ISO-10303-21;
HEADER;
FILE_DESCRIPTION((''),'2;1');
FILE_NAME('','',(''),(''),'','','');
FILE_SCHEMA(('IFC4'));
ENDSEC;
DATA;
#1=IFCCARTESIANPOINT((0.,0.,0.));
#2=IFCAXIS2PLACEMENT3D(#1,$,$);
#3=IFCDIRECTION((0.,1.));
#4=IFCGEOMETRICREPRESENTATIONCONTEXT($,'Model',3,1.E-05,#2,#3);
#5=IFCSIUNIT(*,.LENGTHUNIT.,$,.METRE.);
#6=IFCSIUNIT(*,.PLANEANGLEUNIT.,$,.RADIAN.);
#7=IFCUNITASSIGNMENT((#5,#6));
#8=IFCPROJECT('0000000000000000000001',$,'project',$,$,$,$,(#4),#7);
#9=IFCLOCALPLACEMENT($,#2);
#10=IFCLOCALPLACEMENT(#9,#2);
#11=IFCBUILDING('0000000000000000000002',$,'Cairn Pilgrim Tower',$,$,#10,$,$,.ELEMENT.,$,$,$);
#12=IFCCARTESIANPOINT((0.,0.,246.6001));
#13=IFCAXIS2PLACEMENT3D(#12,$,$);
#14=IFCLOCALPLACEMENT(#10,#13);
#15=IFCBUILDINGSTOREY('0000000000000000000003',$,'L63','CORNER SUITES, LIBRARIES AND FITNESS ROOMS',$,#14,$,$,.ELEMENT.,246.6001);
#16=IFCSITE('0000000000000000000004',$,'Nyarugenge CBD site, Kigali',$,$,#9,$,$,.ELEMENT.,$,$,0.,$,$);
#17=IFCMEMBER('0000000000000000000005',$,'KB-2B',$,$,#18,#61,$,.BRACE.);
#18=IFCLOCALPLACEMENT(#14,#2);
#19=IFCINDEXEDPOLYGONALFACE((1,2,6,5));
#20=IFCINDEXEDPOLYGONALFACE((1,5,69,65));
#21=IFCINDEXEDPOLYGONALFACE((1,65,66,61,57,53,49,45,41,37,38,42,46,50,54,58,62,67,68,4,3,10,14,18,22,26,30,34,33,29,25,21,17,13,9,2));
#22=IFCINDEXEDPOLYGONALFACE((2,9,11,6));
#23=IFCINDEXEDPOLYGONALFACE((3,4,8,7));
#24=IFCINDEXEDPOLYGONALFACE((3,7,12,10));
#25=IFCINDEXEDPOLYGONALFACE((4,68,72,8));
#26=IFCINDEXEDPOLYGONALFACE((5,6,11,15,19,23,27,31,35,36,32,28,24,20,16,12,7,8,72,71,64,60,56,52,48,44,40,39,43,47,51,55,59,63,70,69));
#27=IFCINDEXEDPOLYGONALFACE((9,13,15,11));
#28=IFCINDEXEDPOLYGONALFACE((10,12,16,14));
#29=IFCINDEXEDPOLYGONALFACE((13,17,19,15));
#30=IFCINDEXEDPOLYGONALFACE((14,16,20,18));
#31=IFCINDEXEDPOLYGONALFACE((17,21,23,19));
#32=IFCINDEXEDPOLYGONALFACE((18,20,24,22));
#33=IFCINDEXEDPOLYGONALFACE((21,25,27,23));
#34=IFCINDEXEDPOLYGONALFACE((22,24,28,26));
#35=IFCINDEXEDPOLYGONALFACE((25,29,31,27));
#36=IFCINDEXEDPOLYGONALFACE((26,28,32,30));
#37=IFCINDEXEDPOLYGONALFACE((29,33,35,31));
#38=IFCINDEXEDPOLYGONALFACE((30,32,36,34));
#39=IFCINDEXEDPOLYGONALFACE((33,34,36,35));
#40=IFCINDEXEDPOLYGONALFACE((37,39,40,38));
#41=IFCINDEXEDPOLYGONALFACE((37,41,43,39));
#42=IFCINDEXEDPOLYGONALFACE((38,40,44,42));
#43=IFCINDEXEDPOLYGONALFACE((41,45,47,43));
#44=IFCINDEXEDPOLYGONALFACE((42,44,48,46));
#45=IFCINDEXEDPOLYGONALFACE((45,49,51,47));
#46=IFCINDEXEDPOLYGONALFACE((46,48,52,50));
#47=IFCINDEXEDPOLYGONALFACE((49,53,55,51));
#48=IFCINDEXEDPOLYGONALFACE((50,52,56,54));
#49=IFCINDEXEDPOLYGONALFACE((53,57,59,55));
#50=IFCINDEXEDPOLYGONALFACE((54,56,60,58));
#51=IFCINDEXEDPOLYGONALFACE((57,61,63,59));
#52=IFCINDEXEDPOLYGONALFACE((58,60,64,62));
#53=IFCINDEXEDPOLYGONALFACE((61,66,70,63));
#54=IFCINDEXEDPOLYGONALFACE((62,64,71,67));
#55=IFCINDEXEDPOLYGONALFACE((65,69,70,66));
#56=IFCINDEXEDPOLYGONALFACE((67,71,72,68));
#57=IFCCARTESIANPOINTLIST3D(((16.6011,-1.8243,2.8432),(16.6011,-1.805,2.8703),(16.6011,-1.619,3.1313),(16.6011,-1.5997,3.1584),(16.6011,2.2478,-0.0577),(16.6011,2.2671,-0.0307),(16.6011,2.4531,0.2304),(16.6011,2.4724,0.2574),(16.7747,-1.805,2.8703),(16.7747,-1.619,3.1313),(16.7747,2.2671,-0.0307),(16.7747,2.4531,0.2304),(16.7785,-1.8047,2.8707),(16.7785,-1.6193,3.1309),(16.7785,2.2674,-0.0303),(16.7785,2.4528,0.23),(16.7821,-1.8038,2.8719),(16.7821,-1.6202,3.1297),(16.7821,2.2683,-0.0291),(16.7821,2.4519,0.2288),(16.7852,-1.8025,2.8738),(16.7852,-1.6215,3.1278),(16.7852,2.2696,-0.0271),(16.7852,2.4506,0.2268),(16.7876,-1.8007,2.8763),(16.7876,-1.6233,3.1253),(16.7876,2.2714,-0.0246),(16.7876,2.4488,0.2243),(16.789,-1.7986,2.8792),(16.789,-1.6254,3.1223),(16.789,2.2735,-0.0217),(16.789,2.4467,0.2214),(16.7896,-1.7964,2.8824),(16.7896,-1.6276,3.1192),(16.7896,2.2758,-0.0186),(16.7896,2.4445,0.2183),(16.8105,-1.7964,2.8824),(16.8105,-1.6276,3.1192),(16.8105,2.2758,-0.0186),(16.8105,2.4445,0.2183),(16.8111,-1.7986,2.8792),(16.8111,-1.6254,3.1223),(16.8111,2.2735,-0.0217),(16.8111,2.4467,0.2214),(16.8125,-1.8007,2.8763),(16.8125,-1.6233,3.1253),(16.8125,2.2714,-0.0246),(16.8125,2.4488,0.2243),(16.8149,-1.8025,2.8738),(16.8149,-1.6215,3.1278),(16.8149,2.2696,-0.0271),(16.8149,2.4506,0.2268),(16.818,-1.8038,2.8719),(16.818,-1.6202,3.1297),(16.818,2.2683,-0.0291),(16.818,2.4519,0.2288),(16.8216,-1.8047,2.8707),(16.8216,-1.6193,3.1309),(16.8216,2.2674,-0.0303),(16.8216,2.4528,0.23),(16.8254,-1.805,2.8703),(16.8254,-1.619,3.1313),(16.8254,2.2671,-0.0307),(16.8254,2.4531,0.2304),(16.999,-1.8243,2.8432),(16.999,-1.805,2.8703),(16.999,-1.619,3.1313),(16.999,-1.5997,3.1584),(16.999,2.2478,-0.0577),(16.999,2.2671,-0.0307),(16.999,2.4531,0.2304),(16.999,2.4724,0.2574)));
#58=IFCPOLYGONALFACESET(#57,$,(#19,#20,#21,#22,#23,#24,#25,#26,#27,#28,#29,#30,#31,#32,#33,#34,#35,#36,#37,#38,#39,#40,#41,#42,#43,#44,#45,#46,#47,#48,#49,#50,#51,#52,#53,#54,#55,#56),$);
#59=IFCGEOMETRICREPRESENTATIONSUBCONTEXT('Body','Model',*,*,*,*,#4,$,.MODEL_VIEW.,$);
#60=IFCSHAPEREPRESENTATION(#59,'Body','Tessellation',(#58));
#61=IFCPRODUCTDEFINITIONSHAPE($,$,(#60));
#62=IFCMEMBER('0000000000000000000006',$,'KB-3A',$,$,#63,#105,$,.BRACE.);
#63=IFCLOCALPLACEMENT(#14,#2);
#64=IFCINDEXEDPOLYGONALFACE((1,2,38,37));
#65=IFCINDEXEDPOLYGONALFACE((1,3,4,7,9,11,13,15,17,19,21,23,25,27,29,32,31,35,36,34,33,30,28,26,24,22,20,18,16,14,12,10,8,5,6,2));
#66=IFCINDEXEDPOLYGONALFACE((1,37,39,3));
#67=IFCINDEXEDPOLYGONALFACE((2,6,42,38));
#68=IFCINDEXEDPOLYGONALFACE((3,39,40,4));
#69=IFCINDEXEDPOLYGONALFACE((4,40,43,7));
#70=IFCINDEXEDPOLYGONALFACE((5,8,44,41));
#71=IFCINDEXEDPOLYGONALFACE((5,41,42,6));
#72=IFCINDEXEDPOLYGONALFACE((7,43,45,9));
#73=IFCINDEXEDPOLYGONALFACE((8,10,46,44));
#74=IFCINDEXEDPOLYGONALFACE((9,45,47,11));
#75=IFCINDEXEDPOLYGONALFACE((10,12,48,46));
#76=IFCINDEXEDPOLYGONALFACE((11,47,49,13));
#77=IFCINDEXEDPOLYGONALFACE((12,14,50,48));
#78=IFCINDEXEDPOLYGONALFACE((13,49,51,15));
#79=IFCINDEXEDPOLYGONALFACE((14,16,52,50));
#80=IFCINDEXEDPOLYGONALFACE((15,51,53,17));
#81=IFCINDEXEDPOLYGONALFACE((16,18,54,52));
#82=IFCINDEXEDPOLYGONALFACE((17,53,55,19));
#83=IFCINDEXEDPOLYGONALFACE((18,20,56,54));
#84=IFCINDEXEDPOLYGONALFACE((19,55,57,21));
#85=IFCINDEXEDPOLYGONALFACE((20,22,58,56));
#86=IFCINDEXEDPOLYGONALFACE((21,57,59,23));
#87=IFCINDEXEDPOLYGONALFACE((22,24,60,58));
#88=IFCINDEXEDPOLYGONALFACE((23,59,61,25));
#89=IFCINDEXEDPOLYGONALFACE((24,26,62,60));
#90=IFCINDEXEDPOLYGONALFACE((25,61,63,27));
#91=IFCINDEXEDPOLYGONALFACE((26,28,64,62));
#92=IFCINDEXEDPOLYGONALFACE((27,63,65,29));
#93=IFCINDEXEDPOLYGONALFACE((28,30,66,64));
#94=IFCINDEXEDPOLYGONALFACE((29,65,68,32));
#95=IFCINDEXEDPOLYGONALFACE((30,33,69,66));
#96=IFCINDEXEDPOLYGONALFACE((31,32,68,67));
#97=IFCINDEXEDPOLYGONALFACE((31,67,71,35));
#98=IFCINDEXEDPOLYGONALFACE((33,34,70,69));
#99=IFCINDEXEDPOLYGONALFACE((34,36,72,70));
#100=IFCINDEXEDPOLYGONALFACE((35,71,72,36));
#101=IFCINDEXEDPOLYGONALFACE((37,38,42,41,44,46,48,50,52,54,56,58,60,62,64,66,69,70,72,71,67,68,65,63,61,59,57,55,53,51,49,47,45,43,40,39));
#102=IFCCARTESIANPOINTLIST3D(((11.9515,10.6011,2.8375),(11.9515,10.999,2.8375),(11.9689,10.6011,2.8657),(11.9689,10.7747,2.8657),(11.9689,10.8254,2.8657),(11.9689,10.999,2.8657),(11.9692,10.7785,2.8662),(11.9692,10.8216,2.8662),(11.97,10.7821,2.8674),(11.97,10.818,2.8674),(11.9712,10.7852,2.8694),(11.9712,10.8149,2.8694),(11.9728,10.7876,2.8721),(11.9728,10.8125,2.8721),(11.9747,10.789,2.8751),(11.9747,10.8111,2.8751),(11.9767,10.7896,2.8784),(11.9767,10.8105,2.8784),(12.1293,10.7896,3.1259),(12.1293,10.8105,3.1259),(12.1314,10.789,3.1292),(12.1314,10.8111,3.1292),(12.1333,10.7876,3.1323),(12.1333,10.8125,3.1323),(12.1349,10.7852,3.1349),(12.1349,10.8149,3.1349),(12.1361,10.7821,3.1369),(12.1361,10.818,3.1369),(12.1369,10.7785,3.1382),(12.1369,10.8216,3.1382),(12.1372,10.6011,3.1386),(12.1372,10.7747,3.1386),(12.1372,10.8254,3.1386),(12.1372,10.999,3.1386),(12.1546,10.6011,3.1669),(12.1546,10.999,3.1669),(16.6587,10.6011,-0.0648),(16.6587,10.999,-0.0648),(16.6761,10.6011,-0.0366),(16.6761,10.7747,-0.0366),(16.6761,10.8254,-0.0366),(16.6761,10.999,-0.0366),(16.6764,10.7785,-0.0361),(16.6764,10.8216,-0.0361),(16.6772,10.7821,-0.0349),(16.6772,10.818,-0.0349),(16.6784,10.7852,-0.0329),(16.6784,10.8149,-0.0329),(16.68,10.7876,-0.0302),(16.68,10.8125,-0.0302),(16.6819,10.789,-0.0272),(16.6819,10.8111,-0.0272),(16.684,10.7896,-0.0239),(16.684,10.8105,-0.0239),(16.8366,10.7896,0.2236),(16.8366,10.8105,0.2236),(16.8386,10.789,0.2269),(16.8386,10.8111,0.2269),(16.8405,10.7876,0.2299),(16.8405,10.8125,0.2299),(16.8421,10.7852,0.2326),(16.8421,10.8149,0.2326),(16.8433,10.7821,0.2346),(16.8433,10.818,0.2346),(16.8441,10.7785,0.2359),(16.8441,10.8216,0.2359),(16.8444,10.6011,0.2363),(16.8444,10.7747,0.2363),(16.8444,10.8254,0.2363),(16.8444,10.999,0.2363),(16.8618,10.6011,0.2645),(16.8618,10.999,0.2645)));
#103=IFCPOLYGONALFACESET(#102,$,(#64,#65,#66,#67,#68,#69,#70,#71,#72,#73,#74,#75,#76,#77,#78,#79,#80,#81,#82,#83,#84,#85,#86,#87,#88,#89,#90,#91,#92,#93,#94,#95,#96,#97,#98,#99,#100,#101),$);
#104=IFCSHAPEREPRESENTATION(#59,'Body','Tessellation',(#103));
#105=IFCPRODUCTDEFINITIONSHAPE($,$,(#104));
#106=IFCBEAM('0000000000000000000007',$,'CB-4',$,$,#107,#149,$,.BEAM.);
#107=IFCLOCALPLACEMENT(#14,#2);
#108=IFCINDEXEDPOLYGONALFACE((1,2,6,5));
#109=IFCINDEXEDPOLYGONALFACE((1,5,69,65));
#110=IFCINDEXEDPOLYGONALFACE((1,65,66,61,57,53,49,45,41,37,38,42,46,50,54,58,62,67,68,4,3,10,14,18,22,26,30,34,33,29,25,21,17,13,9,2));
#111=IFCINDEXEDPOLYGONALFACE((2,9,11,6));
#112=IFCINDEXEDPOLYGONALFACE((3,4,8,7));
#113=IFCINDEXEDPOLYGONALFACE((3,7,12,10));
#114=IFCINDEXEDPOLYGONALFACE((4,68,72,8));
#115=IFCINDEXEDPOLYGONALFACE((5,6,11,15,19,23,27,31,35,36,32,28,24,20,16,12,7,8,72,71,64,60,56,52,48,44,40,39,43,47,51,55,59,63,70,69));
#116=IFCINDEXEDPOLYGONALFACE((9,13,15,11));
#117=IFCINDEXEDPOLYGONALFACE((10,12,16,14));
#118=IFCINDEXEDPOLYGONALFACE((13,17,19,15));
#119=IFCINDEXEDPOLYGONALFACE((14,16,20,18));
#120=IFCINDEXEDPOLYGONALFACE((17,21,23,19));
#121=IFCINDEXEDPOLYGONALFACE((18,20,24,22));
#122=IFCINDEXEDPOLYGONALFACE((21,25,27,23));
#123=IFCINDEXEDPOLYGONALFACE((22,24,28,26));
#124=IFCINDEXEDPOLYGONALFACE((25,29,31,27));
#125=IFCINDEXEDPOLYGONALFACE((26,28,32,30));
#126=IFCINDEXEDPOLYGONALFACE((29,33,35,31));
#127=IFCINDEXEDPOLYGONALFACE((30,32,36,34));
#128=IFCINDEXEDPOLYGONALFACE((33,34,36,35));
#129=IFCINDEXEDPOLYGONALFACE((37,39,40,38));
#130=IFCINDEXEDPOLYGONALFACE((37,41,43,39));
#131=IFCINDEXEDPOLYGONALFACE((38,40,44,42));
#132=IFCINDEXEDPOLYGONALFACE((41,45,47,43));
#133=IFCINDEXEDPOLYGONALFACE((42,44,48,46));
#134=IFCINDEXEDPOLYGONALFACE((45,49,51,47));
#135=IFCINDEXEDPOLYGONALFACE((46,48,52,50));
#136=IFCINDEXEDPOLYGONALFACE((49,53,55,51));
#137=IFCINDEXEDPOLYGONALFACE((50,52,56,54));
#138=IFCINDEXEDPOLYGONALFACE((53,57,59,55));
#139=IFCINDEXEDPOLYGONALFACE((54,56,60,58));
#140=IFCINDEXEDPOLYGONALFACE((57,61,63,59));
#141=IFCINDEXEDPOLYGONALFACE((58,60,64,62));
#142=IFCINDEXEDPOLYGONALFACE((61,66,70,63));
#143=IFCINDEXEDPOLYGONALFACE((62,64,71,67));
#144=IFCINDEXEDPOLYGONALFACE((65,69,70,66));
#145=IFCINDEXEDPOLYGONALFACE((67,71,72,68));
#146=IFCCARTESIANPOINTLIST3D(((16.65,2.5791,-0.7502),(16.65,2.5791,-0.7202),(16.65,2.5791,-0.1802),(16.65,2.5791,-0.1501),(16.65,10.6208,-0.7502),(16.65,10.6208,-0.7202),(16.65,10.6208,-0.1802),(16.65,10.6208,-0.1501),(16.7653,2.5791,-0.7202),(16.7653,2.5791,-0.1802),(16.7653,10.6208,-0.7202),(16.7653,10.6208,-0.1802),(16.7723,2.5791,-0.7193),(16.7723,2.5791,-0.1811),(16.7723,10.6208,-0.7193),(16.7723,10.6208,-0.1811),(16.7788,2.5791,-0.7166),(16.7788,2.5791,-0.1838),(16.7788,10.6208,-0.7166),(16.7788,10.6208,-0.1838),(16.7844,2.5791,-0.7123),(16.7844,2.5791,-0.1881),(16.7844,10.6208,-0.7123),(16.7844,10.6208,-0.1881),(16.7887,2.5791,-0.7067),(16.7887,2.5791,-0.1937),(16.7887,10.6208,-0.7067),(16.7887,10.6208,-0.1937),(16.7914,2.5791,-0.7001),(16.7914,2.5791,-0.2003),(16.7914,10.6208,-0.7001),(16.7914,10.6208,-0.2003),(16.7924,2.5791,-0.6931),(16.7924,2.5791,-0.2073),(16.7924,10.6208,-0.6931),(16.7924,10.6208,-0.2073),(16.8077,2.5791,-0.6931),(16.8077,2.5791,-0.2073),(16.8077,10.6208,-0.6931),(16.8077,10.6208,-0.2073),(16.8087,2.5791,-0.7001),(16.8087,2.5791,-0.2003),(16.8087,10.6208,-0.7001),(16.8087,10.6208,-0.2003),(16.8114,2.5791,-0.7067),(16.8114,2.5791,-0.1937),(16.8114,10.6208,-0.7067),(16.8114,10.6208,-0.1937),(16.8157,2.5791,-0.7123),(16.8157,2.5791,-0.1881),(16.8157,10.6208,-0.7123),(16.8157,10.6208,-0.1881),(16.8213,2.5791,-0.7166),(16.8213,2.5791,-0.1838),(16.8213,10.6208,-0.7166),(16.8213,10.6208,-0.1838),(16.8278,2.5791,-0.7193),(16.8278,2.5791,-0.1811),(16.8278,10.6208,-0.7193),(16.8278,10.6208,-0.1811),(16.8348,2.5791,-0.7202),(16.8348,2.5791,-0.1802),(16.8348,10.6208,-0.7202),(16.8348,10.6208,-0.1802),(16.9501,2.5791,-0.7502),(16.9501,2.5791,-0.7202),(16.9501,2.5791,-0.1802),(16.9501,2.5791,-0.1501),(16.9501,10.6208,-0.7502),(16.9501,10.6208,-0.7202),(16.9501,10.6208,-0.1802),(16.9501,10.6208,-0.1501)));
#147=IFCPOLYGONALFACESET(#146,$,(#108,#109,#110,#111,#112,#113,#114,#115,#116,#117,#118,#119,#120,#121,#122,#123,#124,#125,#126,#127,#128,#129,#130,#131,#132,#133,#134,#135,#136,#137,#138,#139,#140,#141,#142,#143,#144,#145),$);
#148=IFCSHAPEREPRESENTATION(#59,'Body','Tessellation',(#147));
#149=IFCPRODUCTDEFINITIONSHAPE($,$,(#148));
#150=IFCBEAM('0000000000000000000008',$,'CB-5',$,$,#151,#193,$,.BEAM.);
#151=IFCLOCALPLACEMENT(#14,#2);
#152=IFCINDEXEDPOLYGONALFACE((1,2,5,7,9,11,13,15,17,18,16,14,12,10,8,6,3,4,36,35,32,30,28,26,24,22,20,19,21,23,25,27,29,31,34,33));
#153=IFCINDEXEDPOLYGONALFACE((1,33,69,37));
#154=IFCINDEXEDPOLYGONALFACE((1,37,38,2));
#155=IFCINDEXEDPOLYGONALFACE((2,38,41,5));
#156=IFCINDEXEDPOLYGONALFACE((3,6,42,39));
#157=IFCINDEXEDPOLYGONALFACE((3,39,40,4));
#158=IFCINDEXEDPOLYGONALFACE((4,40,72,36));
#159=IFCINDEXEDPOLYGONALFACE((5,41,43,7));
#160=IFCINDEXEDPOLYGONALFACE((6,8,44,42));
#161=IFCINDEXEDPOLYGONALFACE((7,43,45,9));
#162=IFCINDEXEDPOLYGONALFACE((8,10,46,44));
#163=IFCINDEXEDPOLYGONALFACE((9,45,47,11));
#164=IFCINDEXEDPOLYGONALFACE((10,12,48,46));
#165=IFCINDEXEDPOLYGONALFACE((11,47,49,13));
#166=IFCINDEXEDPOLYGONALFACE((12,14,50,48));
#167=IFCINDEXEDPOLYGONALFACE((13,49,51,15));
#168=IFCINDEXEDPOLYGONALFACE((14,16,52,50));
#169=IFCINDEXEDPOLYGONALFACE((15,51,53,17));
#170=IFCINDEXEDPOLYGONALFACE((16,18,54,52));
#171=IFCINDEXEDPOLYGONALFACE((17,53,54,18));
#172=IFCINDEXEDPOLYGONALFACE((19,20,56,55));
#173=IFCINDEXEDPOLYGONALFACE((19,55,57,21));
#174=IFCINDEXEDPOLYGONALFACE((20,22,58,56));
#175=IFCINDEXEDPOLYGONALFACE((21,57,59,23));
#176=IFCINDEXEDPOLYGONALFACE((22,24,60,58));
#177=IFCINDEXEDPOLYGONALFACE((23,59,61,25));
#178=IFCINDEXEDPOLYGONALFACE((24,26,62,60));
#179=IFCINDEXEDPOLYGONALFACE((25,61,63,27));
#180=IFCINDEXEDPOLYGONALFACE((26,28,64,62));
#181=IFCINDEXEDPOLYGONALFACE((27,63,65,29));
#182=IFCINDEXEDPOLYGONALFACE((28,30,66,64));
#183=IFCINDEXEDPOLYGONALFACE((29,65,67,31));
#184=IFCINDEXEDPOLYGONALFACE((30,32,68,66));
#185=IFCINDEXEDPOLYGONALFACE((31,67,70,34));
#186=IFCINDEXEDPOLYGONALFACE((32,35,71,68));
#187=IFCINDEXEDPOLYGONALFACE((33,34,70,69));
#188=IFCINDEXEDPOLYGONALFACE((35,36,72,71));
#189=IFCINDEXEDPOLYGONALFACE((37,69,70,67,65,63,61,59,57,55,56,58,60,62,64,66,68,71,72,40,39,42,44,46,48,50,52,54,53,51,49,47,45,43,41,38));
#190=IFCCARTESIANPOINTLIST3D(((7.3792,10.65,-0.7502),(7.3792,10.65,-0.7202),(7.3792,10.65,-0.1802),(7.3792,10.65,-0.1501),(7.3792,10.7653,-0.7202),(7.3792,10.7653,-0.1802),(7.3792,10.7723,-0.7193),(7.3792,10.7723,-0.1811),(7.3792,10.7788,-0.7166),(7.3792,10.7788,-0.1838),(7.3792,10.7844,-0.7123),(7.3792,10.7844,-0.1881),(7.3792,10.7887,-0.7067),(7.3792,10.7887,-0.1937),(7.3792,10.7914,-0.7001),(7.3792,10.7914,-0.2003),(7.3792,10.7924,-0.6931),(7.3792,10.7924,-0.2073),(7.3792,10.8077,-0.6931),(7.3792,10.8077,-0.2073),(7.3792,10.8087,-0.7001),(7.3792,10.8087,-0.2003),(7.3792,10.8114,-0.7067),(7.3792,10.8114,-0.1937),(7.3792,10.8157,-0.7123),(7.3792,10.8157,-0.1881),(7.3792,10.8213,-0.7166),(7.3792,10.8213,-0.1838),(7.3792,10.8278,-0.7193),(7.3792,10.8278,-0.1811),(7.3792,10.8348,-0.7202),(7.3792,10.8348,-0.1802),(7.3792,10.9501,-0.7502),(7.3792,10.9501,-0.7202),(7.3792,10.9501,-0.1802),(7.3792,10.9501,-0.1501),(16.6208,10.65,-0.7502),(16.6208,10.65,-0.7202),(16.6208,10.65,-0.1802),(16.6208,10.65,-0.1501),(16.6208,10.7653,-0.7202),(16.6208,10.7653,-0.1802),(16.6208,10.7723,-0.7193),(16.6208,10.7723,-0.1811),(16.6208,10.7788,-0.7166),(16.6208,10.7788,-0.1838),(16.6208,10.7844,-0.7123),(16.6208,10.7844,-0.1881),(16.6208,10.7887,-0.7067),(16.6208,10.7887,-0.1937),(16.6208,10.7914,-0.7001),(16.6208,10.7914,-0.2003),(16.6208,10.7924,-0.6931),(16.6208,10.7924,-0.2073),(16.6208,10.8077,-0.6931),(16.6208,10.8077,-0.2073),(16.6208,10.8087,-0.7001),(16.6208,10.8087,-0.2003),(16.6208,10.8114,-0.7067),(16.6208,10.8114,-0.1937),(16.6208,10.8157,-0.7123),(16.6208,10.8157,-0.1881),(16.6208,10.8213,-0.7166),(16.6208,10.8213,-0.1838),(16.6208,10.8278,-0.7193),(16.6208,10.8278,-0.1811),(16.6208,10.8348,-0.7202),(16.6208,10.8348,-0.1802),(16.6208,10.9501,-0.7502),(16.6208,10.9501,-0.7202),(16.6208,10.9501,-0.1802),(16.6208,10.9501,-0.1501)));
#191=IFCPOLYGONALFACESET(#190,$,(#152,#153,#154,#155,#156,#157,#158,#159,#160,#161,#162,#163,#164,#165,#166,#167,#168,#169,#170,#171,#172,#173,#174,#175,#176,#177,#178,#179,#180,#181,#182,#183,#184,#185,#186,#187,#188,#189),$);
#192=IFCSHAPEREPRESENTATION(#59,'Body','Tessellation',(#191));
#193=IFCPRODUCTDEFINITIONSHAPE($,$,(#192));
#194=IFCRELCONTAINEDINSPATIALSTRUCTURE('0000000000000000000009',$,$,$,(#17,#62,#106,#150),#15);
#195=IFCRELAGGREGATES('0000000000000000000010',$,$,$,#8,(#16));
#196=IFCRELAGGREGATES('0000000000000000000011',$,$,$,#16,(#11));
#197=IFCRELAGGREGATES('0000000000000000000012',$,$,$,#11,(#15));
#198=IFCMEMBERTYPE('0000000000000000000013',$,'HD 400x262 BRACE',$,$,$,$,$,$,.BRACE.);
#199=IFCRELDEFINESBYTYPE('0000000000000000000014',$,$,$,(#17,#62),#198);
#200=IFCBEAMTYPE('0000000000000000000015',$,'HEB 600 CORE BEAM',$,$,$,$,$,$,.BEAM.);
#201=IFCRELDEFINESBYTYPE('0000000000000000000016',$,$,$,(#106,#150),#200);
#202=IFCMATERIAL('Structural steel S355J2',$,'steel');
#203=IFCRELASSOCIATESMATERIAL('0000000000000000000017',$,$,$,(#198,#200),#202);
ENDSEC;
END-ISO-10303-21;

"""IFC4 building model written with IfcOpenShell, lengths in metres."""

from ifc_helpers import new_model, si_unit, direction, frame, origin, origin_2d, place, context, subcontext, project, spatial, i_section, extrude, material, material_profile, profile_set, type_object, element, save


model = new_model("IFC4")

# Units and contexts
model_context = context("Model", 3, precision=1e-05, world=origin(), true_north=direction((0.0, 1.0)))
body_context = subcontext(model_context, "Body", "Model", "MODEL_VIEW")
ifc_project = project(units=[si_unit("LENGTHUNIT", "METRE"), si_unit("PLANEANGLEUNIT", "RADIAN")], contexts=[model_context])

# Site, building, storey
site_placement = place(None, origin())
site = spatial("IfcSite", under=ifc_project, at=site_placement, Name="Nyarugenge CBD site, Kigali", CompositionType="ELEMENT", RefElevation=0.0)
building_placement = place(site_placement, origin())
building = spatial("IfcBuilding", under=site, at=building_placement, Name="Cairn Pilgrim Tower", CompositionType="ELEMENT")
storey_placement = place(building_placement, frame((0.0, 0.0, 246.6001)))
storey = spatial("IfcBuildingStorey", under=building, at=storey_placement, Name="L63", Description="CORNER SUITES, LIBRARIES AND FITNESS ROOMS", CompositionType="ELEMENT", Elevation=246.6001)

# Shared definitions
ifc_material_1 = material(Name="Structural steel S355J2", Category="steel")

# Members
ifc_material_profile_1 = material_profile(ifc_material_1, i_section(OverallWidth=0.3979, OverallDepth=0.387, WebThickness=0.021, FlangeThickness=0.0332, FilletRadius=0.0149, at=origin_2d()), Name="HD 400x262")
ifc_profile_set_1 = profile_set([ifc_material_profile_1], Name="Structural steel S355J2")
member_type = type_object("IfcMemberType", Name="HD 400x262 BRACE", PredefinedType="BRACE", material=ifc_profile_set_1)
member_1_placement = place(storey_placement, frame((16.8, 2.3601, 0.0999), z_axis=(0.0, -0.814462, 0.580217), x_axis=(1.0, 0.0, 0.0)))
element("IfcMember", 1, at=member_1_placement, inside=storey, type_object=member_type, Name="KB-2B", PredefinedType="BRACE", context=body_context, shape_type="SweptSolid", body=[
    extrude(i_section(OverallWidth=0.3979, OverallDepth=0.387, WebThickness=0.021, FlangeThickness=0.0332, FilletRadius=0.0149, at=origin_2d()), origin(), (0.0, 0.0, 1.0), 4.9998),
])
member_2_placement = place(storey_placement, frame((16.7603, 10.8, 0.0999), z_axis=(-0.851209, 0.0, 0.524826), x_axis=(0.0, -1.0, 0.0)))
element("IfcMember", 2, at=member_2_placement, inside=storey, type_object=member_type, Name="KB-3A", PredefinedType="BRACE", context=body_context, shape_type="SweptSolid", body=[
    extrude(i_section(OverallWidth=0.3979, OverallDepth=0.387, WebThickness=0.021, FlangeThickness=0.0332, FilletRadius=0.0149, at=origin_2d()), origin(), (0.0, 0.0, 1.0), 5.53),
])

# Beams
ifc_material_profile_2 = material_profile(ifc_material_1, i_section(OverallWidth=0.3, OverallDepth=0.6001, WebThickness=0.0154, FlangeThickness=0.03, FilletRadius=0.0271, at=origin_2d()), Name="HEB 600")
ifc_profile_set_2 = profile_set([ifc_material_profile_2], Name="Structural steel S355J2")
beam_type_1 = type_object("IfcBeamType", Name="HEB 600 CORE BEAM", PredefinedType="BEAM", material=ifc_profile_set_2)
beam_1_placement = place(storey_placement, frame((16.8, 2.5791, -0.4502), z_axis=(0.0, 1.0, 0.0), x_axis=(-1.0, 0.0, 0.0)))
element("IfcBeam", 3, at=beam_1_placement, inside=storey, type_object=beam_type_1, Name="CB-4", PredefinedType="BEAM", context=body_context, shape_type="SweptSolid", body=[
    extrude(i_section(OverallWidth=0.3, OverallDepth=0.6001, WebThickness=0.0154, FlangeThickness=0.03, FilletRadius=0.0271, at=origin_2d()), origin(), (0.0, 0.0, 1.0), 8.0417),
])
beam_2_placement = place(storey_placement, frame((16.6208, 10.8, -0.4502), z_axis=(-1.0, 0.0, 0.0), x_axis=(0.0, -1.0, 0.0)))
element("IfcBeam", 4, at=beam_2_placement, inside=storey, type_object=beam_type_1, Name="CB-5", PredefinedType="BEAM", context=body_context, shape_type="SweptSolid", body=[
    extrude(i_section(OverallWidth=0.3, OverallDepth=0.6001, WebThickness=0.0154, FlangeThickness=0.03, FilletRadius=0.0271, at=origin_2d()), origin(), (0.0, 0.0, 1.0), 9.2417),
])

save(model, "model.ifc")
